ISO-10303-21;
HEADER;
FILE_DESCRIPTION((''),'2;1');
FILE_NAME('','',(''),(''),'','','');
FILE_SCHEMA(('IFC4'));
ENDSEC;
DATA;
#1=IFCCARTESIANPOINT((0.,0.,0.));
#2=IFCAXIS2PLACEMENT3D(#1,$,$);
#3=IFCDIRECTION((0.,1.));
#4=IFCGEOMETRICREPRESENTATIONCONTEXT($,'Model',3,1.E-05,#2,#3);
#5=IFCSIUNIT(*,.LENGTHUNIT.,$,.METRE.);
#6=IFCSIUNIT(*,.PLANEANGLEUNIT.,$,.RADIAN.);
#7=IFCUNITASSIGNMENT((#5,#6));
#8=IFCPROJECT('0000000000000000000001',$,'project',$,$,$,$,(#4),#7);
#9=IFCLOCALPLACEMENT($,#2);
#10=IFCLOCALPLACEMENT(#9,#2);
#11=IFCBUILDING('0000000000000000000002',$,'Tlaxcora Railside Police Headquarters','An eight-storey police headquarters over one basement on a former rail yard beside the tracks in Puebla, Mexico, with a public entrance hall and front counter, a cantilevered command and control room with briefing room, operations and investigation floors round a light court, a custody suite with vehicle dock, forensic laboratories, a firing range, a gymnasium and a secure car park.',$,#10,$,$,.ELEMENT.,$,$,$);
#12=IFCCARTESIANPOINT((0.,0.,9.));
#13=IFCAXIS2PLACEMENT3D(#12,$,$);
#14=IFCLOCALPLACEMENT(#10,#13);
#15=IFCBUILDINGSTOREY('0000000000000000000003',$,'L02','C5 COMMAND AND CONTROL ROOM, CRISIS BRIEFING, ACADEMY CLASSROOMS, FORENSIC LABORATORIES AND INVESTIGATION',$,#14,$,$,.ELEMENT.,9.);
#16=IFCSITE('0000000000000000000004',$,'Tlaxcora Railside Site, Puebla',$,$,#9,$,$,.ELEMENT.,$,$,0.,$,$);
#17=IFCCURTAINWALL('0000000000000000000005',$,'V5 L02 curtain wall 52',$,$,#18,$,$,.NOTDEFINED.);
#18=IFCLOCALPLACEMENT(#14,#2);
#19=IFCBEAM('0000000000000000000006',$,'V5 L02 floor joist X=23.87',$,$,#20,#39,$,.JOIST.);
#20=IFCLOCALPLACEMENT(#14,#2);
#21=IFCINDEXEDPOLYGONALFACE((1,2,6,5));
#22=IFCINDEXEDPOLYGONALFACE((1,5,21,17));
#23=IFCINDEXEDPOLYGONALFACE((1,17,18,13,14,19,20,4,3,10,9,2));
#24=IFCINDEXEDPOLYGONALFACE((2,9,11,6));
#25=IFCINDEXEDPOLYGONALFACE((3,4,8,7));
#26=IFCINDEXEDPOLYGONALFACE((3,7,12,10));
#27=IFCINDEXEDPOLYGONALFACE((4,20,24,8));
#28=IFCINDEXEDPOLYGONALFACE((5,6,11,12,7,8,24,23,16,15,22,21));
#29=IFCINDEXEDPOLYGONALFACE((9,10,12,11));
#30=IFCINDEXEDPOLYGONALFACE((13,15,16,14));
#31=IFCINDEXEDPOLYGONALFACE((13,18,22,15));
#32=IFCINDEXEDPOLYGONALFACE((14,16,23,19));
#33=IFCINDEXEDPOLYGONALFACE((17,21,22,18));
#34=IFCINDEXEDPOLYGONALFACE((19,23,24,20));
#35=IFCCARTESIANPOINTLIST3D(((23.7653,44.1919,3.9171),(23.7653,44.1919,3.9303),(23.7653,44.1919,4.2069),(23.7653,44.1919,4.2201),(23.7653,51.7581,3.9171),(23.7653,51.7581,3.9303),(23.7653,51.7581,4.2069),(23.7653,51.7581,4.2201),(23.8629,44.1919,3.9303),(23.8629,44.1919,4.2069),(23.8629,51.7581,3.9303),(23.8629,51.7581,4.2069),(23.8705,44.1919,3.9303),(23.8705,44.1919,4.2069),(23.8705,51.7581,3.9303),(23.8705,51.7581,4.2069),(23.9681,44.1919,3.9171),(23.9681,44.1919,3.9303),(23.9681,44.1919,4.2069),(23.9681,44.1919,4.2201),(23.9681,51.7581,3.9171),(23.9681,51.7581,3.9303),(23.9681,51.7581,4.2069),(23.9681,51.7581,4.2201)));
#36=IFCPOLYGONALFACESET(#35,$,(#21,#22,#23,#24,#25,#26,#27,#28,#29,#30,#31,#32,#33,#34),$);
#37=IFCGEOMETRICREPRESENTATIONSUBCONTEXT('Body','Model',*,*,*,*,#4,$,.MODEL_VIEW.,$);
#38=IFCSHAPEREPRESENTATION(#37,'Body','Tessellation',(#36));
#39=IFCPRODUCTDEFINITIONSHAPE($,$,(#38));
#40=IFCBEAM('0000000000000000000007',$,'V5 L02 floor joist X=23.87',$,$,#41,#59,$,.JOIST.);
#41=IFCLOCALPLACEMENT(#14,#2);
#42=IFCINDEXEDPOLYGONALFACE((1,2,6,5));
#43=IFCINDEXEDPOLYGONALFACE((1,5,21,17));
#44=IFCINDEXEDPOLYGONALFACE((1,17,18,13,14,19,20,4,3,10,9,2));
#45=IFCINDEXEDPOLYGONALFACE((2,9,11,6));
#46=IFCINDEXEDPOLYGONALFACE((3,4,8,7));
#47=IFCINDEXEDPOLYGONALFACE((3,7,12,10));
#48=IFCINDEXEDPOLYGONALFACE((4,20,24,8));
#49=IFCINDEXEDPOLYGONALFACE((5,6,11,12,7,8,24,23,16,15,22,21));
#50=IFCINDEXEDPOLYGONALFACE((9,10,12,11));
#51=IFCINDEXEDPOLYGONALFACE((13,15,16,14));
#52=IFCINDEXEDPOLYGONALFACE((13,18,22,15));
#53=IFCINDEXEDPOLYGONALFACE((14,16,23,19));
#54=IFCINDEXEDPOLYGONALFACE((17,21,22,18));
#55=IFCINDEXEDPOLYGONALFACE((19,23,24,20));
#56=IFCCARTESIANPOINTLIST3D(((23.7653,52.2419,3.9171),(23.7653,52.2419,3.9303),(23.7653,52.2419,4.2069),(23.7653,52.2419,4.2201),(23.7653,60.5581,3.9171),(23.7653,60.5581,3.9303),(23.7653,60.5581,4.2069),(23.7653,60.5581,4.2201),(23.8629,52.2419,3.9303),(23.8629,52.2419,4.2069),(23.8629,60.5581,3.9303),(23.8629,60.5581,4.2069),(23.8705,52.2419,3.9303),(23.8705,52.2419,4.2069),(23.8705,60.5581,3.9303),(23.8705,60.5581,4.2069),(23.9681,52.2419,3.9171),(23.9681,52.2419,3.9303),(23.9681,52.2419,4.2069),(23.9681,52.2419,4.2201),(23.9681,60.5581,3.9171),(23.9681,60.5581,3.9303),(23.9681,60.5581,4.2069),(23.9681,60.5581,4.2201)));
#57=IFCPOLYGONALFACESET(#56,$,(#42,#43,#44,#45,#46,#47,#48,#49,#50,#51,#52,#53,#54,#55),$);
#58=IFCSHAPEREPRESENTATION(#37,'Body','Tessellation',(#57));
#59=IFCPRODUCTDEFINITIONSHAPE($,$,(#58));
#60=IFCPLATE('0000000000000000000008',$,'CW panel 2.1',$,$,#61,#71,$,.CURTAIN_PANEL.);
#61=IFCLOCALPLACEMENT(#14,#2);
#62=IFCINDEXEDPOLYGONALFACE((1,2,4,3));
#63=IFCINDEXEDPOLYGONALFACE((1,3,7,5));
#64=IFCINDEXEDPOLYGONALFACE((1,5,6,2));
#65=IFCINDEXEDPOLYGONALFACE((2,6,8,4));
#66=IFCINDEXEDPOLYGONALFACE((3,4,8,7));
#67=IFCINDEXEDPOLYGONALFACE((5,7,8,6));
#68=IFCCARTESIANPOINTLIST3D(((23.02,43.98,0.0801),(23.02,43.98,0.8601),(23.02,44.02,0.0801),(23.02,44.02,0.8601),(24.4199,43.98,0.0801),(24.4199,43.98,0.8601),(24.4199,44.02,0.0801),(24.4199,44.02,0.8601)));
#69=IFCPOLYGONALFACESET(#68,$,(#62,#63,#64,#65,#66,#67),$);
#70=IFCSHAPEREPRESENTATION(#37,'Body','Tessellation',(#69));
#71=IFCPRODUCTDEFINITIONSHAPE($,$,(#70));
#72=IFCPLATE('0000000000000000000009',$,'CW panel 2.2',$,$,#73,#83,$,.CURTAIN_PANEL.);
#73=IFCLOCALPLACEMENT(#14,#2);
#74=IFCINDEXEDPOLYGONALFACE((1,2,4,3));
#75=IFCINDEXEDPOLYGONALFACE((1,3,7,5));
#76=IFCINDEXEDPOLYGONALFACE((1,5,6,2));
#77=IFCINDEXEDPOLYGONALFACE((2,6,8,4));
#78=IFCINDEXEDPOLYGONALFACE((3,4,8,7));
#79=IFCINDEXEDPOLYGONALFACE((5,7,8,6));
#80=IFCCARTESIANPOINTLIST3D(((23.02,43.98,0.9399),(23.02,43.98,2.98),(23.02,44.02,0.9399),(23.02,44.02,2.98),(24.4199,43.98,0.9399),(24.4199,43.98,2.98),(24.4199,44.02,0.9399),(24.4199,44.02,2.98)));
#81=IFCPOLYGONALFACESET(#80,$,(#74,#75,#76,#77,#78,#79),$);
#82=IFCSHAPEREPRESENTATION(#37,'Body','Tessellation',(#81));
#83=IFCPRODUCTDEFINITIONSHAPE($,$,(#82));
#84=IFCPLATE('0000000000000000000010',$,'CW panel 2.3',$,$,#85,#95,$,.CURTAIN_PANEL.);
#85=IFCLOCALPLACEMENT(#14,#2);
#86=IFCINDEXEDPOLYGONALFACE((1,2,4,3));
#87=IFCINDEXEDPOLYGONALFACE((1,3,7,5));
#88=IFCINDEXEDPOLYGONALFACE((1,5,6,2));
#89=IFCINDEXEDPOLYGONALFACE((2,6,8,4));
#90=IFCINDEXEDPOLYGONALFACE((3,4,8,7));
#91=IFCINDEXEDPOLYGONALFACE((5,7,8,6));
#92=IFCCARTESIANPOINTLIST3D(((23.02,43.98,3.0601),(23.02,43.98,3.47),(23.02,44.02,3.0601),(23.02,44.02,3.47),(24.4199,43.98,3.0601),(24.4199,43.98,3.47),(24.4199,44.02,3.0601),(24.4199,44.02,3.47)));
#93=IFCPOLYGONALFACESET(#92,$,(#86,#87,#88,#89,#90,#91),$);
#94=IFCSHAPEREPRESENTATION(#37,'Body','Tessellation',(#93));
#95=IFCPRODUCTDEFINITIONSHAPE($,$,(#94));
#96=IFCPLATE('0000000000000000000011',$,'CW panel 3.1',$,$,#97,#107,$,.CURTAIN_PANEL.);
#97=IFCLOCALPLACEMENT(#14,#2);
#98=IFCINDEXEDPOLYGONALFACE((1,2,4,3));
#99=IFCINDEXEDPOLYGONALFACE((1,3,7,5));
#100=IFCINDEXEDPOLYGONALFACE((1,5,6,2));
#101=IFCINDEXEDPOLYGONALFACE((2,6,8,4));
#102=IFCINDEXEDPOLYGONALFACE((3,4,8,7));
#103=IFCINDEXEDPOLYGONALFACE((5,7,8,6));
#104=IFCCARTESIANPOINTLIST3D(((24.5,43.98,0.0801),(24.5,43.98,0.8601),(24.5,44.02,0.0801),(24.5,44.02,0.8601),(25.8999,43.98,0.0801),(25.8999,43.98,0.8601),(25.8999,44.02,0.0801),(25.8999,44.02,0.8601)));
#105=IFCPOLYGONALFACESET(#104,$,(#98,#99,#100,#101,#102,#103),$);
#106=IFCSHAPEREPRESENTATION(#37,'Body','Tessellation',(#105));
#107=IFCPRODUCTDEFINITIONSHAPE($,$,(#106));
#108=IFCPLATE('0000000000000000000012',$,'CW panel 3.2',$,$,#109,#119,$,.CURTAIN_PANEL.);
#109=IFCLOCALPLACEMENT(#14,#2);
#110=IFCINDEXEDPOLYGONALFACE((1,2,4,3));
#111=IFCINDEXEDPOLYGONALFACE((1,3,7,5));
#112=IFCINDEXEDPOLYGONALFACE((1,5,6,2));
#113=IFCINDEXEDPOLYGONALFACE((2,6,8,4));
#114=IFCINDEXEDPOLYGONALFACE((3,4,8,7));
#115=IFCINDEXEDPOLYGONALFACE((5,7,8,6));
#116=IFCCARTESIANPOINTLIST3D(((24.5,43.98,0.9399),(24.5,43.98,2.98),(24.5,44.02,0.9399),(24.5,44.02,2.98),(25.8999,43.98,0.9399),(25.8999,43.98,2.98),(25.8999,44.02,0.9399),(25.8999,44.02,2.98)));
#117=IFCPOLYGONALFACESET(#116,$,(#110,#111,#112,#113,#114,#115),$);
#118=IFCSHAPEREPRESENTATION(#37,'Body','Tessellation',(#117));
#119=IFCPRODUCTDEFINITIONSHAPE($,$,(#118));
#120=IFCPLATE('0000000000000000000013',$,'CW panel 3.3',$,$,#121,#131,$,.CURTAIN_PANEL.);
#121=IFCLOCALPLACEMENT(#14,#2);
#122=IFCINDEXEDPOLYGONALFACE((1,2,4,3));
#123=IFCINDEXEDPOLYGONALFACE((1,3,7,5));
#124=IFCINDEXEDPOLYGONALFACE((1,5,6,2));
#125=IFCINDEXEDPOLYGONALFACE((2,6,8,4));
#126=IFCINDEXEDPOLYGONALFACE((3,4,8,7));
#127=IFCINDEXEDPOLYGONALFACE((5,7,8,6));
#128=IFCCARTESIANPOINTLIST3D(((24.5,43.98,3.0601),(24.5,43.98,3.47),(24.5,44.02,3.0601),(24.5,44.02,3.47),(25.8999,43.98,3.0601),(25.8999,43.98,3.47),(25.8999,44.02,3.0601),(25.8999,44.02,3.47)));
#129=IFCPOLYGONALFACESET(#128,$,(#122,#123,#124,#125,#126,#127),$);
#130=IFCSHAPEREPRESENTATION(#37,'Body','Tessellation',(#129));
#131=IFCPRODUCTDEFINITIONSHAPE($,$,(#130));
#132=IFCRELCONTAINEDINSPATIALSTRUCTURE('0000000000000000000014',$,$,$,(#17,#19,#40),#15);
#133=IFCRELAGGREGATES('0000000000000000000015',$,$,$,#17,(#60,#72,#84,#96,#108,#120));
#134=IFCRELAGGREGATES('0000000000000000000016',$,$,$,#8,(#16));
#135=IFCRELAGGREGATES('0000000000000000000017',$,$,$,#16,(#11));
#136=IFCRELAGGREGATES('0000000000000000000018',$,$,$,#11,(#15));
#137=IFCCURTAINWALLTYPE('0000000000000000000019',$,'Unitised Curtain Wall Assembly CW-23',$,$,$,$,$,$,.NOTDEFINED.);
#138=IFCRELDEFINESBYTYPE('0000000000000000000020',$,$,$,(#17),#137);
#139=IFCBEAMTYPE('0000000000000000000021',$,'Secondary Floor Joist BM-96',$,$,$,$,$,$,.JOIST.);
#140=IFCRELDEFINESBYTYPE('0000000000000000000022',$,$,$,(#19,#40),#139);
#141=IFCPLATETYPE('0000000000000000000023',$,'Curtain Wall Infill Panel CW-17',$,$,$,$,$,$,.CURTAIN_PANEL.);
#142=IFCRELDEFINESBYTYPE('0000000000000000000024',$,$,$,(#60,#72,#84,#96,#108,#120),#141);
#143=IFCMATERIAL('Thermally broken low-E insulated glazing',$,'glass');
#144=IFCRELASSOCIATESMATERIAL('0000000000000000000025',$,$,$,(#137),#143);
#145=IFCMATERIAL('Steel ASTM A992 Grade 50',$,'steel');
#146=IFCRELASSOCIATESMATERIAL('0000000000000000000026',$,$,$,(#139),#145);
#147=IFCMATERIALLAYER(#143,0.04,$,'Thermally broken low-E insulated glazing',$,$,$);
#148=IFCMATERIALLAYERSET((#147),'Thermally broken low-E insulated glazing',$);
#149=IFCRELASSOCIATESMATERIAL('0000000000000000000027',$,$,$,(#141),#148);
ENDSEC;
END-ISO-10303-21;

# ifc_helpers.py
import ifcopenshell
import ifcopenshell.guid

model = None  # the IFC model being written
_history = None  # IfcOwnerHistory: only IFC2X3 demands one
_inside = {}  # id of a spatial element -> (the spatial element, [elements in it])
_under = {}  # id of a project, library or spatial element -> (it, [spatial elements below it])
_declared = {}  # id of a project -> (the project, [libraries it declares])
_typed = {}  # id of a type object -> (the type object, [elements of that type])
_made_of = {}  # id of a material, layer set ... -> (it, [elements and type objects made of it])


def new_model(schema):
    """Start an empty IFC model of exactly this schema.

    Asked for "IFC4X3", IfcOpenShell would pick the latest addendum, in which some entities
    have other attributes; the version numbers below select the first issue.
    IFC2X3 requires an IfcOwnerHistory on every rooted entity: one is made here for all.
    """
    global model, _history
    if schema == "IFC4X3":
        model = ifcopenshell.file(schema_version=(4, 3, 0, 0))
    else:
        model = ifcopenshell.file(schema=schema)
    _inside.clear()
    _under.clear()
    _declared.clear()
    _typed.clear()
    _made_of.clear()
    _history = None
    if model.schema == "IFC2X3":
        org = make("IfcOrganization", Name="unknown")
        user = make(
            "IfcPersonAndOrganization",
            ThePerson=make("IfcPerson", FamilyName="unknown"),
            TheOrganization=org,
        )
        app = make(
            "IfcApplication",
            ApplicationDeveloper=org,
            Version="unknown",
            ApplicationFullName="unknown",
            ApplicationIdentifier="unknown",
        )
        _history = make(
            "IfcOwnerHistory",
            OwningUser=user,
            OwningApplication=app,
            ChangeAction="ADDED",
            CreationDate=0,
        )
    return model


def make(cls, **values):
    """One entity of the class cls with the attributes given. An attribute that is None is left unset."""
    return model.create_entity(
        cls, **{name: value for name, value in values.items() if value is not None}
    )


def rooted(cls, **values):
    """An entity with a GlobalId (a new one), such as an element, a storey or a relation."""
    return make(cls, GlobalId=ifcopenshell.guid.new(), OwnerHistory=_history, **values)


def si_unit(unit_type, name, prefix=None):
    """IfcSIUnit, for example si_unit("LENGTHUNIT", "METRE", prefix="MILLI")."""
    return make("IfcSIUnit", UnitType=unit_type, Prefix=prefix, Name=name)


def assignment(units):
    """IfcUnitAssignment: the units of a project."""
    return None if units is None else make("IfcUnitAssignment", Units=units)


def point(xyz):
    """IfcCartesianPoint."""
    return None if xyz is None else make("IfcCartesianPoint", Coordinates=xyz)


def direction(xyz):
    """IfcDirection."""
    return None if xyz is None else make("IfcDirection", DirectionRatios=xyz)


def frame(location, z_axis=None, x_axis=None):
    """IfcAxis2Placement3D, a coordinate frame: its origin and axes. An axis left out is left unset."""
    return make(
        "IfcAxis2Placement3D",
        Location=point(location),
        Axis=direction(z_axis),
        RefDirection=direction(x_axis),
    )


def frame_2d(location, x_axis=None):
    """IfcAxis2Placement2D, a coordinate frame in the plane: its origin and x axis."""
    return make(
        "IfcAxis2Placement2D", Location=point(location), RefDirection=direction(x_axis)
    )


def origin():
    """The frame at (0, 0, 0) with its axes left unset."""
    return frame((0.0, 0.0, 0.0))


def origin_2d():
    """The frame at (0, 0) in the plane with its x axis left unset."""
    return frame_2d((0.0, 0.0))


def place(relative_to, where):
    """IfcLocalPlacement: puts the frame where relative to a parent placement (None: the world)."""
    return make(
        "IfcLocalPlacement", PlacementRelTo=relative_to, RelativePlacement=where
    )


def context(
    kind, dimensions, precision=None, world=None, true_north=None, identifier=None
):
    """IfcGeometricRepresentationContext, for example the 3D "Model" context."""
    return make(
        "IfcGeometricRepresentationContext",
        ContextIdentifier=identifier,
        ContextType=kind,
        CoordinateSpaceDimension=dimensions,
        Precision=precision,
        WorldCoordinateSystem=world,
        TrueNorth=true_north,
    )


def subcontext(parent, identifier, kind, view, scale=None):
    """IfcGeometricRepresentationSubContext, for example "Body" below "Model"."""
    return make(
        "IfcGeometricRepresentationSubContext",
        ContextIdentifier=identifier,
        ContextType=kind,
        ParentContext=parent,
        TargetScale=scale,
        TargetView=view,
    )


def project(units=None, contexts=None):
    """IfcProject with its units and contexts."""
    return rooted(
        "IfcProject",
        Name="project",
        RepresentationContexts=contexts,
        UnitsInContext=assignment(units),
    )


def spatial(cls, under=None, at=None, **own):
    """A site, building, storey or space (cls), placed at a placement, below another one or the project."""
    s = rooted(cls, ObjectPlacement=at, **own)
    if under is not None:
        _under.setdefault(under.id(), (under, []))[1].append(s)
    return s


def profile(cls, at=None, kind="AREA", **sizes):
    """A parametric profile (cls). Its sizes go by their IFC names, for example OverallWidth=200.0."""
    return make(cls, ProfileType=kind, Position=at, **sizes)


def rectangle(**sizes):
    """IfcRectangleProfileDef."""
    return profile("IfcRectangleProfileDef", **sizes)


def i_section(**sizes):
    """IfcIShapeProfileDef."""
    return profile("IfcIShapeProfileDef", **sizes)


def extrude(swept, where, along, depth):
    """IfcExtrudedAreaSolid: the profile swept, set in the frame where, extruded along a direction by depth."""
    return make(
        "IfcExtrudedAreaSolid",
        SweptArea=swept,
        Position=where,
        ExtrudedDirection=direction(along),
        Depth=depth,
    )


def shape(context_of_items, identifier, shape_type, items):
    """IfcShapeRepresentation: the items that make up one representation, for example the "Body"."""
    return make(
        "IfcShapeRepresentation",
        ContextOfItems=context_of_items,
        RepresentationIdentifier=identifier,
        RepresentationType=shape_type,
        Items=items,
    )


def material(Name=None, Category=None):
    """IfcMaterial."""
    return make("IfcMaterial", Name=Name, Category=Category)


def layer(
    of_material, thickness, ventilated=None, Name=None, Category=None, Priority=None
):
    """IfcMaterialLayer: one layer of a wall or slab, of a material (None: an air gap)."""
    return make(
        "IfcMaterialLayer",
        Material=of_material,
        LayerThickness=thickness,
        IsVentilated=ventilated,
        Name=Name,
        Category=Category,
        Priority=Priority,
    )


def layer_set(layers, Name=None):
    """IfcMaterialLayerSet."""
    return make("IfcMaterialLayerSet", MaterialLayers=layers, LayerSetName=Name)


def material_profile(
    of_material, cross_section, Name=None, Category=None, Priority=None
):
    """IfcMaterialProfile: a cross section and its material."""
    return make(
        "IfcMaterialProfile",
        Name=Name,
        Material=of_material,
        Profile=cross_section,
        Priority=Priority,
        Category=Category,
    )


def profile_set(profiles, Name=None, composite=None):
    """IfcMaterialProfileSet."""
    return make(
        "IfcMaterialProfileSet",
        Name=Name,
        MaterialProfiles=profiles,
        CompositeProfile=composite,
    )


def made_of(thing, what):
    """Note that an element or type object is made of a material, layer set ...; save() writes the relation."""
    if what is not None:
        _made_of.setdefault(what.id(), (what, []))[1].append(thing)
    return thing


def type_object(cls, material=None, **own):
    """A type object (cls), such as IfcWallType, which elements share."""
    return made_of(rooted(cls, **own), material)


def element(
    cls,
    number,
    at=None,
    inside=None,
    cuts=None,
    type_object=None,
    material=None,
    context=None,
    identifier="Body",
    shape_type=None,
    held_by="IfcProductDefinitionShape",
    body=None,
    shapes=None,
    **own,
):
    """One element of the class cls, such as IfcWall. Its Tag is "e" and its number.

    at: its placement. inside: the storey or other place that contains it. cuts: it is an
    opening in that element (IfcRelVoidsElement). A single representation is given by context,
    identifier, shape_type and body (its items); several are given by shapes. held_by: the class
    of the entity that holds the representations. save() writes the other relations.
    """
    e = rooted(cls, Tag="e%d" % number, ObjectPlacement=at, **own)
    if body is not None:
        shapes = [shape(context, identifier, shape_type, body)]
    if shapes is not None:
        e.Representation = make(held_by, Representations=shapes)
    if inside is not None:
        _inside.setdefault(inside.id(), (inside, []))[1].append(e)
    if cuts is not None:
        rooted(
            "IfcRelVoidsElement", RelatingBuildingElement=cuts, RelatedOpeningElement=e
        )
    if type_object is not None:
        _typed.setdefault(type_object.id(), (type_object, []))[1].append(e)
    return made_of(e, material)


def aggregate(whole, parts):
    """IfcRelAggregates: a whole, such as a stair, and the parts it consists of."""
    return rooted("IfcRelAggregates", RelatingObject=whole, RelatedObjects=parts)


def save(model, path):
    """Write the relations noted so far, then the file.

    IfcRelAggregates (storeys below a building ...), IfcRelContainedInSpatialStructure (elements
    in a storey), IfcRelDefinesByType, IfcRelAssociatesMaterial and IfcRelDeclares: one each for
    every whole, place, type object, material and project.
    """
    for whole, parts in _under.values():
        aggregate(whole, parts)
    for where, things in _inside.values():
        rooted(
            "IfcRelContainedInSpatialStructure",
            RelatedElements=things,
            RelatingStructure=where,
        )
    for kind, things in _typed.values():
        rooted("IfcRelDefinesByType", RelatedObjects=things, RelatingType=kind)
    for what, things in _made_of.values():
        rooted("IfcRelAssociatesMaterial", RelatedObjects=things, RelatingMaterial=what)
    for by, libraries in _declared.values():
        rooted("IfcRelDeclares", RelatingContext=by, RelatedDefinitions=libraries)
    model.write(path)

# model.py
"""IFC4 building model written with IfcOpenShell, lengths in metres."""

from ifc_helpers import new_model, si_unit, direction, frame, origin, origin_2d, place, context, subcontext, project, spatial, rectangle, i_section, extrude, material, layer, layer_set, material_profile, profile_set, type_object, element, aggregate, save


model = new_model("IFC4")

# Units and contexts
model_context = context("Model", 3, precision=1e-05, world=origin(), true_north=direction((0.0, 1.0)))
body_context = subcontext(model_context, "Body", "Model", "MODEL_VIEW")
ifc_project = project(units=[si_unit("LENGTHUNIT", "METRE"), si_unit("PLANEANGLEUNIT", "RADIAN")], contexts=[model_context])

# Site, building, storey
site_placement = place(None, origin())
site = spatial("IfcSite", under=ifc_project, at=site_placement, Name="Tlaxcora Railside Site, Puebla", CompositionType="ELEMENT", RefElevation=0.0)
building_placement = place(site_placement, origin())
building = spatial("IfcBuilding", under=site, at=building_placement, Name="Tlaxcora Railside Police Headquarters", Description="An eight-storey police headquarters over one basement on a former rail yard beside the tracks in Puebla, Mexico, with a public entrance hall and front counter, a cantilevered command and control room with briefing room, operations and investigation floors round a light court, a custody suite with vehicle dock, forensic laboratories, a firing range, a gymnasium and a secure car park.", CompositionType="ELEMENT")
storey_placement = place(building_placement, frame((0.0, 0.0, 9.0)))
storey = spatial("IfcBuildingStorey", under=building, at=storey_placement, Name="L02", Description="C5 COMMAND AND CONTROL ROOM, CRISIS BRIEFING, ACADEMY CLASSROOMS, FORENSIC LABORATORIES AND INVESTIGATION", CompositionType="ELEMENT", Elevation=9.0)

# Curtain wall
ifc_material_1 = material(Name="Thermally broken low-E insulated glazing", Category="glass")
curtain_wall_type = type_object("IfcCurtainWallType", Name="Unitised Curtain Wall Assembly CW-23", PredefinedType="NOTDEFINED", material=ifc_material_1)
curtain_wall_placement = place(storey_placement, origin())
curtain_wall = element("IfcCurtainWall", 1, at=curtain_wall_placement, inside=storey, type_object=curtain_wall_type, Name="V5 L02 curtain wall 52", PredefinedType="NOTDEFINED")

# Beams
ifc_material_2 = material(Name="Steel ASTM A992 Grade 50", Category="steel")
ifc_material_profile_1 = material_profile(ifc_material_2, i_section(OverallWidth=0.2029, OverallDepth=0.303, WebThickness=0.0076, FlangeThickness=0.0132, at=origin_2d()), Name="W12X40")
ifc_profile_set_1 = profile_set([ifc_material_profile_1], Name="Steel ASTM A992 Grade 50")
beam_type_1 = type_object("IfcBeamType", Name="Secondary Floor Joist BM-96", PredefinedType="JOIST", material=ifc_profile_set_1)
beam_1_placement = place(storey_placement, frame((23.8667, 44.1919, 4.0686), z_axis=(0.0, 1.0, 0.0), x_axis=(-1.0, 0.0, 0.0)))
element("IfcBeam", 2, at=beam_1_placement, inside=storey, type_object=beam_type_1, Name="V5 L02 floor joist X=23.87", PredefinedType="JOIST", context=body_context, shape_type="SweptSolid", body=[
    extrude(i_section(OverallWidth=0.2029, OverallDepth=0.303, WebThickness=0.0076, FlangeThickness=0.0132, at=origin_2d()), origin(), (0.0, 0.0, 1.0), 7.5662),
])
beam_2_placement = place(storey_placement, frame((23.8667, 52.2419, 4.0686), z_axis=(0.0, 1.0, 0.0), x_axis=(-1.0, 0.0, 0.0)))
element("IfcBeam", 3, at=beam_2_placement, inside=storey, type_object=beam_type_1, Name="V5 L02 floor joist X=23.87", PredefinedType="JOIST", context=body_context, shape_type="SweptSolid", body=[
    extrude(i_section(OverallWidth=0.2029, OverallDepth=0.303, WebThickness=0.0076, FlangeThickness=0.0132, at=origin_2d()), origin(), (0.0, 0.0, 1.0), 8.3162),
])

# Plates
ifc_layer = layer(ifc_material_1, 0.04, Name="Thermally broken low-E insulated glazing")
ifc_layer_set = layer_set([ifc_layer], Name="Thermally broken low-E insulated glazing")
plate_type = type_object("IfcPlateType", Name="Curtain Wall Infill Panel CW-17", PredefinedType="CURTAIN_PANEL", material=ifc_layer_set)
plate_1_placement = place(storey_placement, frame((23.72, 44.0, 0.0801), z_axis=(0.0, 0.0, 1.0), x_axis=(1.0, 0.0, 0.0)))
plate_1 = element("IfcPlate", 4, at=plate_1_placement, type_object=plate_type, Name="CW panel 2.1", PredefinedType="CURTAIN_PANEL", context=body_context, shape_type="SweptSolid", body=[
    extrude(rectangle(XDim=1.3999, YDim=0.04, at=origin_2d()), origin(), (0.0, 0.0, 1.0), 0.78),
])
plate_2_placement = place(storey_placement, frame((23.72, 44.0, 0.9399), z_axis=(0.0, 0.0, 1.0), x_axis=(1.0, 0.0, 0.0)))
plate_2 = element("IfcPlate", 5, at=plate_2_placement, type_object=plate_type, Name="CW panel 2.2", PredefinedType="CURTAIN_PANEL", context=body_context, shape_type="SweptSolid", body=[
    extrude(rectangle(XDim=1.3999, YDim=0.04, at=origin_2d()), origin(), (0.0, 0.0, 1.0), 2.04),
])
plate_3_placement = place(storey_placement, frame((23.72, 44.0, 3.0601), z_axis=(0.0, 0.0, 1.0), x_axis=(1.0, 0.0, 0.0)))
plate_3 = element("IfcPlate", 6, at=plate_3_placement, type_object=plate_type, Name="CW panel 2.3", PredefinedType="CURTAIN_PANEL", context=body_context, shape_type="SweptSolid", body=[
    extrude(rectangle(XDim=1.3999, YDim=0.04, at=origin_2d()), origin(), (0.0, 0.0, 1.0), 0.4099),
])
plate_4_placement = place(storey_placement, frame((25.2, 44.0, 0.0801), z_axis=(0.0, 0.0, 1.0), x_axis=(1.0, 0.0, 0.0)))
plate_4 = element("IfcPlate", 7, at=plate_4_placement, type_object=plate_type, Name="CW panel 3.1", PredefinedType="CURTAIN_PANEL", context=body_context, shape_type="SweptSolid", body=[
    extrude(rectangle(XDim=1.3999, YDim=0.04, at=origin_2d()), origin(), (0.0, 0.0, 1.0), 0.78),
])
plate_5_placement = place(storey_placement, frame((25.2, 44.0, 0.9399), z_axis=(0.0, 0.0, 1.0), x_axis=(1.0, 0.0, 0.0)))
plate_5 = element("IfcPlate", 8, at=plate_5_placement, type_object=plate_type, Name="CW panel 3.2", PredefinedType="CURTAIN_PANEL", context=body_context, shape_type="SweptSolid", body=[
    extrude(rectangle(XDim=1.3999, YDim=0.04, at=origin_2d()), origin(), (0.0, 0.0, 1.0), 2.04),
])
plate_6_placement = place(storey_placement, frame((25.2, 44.0, 3.0601), z_axis=(0.0, 0.0, 1.0), x_axis=(1.0, 0.0, 0.0)))
plate_6 = element("IfcPlate", 9, at=plate_6_placement, type_object=plate_type, Name="CW panel 3.3", PredefinedType="CURTAIN_PANEL", context=body_context, shape_type="SweptSolid", body=[
    extrude(rectangle(XDim=1.3999, YDim=0.04, at=origin_2d()), origin(), (0.0, 0.0, 1.0), 0.4099),
])
aggregate(curtain_wall, [plate_1, plate_2, plate_3, plate_4, plate_5, plate_6])

save(model, "model.ifc")
